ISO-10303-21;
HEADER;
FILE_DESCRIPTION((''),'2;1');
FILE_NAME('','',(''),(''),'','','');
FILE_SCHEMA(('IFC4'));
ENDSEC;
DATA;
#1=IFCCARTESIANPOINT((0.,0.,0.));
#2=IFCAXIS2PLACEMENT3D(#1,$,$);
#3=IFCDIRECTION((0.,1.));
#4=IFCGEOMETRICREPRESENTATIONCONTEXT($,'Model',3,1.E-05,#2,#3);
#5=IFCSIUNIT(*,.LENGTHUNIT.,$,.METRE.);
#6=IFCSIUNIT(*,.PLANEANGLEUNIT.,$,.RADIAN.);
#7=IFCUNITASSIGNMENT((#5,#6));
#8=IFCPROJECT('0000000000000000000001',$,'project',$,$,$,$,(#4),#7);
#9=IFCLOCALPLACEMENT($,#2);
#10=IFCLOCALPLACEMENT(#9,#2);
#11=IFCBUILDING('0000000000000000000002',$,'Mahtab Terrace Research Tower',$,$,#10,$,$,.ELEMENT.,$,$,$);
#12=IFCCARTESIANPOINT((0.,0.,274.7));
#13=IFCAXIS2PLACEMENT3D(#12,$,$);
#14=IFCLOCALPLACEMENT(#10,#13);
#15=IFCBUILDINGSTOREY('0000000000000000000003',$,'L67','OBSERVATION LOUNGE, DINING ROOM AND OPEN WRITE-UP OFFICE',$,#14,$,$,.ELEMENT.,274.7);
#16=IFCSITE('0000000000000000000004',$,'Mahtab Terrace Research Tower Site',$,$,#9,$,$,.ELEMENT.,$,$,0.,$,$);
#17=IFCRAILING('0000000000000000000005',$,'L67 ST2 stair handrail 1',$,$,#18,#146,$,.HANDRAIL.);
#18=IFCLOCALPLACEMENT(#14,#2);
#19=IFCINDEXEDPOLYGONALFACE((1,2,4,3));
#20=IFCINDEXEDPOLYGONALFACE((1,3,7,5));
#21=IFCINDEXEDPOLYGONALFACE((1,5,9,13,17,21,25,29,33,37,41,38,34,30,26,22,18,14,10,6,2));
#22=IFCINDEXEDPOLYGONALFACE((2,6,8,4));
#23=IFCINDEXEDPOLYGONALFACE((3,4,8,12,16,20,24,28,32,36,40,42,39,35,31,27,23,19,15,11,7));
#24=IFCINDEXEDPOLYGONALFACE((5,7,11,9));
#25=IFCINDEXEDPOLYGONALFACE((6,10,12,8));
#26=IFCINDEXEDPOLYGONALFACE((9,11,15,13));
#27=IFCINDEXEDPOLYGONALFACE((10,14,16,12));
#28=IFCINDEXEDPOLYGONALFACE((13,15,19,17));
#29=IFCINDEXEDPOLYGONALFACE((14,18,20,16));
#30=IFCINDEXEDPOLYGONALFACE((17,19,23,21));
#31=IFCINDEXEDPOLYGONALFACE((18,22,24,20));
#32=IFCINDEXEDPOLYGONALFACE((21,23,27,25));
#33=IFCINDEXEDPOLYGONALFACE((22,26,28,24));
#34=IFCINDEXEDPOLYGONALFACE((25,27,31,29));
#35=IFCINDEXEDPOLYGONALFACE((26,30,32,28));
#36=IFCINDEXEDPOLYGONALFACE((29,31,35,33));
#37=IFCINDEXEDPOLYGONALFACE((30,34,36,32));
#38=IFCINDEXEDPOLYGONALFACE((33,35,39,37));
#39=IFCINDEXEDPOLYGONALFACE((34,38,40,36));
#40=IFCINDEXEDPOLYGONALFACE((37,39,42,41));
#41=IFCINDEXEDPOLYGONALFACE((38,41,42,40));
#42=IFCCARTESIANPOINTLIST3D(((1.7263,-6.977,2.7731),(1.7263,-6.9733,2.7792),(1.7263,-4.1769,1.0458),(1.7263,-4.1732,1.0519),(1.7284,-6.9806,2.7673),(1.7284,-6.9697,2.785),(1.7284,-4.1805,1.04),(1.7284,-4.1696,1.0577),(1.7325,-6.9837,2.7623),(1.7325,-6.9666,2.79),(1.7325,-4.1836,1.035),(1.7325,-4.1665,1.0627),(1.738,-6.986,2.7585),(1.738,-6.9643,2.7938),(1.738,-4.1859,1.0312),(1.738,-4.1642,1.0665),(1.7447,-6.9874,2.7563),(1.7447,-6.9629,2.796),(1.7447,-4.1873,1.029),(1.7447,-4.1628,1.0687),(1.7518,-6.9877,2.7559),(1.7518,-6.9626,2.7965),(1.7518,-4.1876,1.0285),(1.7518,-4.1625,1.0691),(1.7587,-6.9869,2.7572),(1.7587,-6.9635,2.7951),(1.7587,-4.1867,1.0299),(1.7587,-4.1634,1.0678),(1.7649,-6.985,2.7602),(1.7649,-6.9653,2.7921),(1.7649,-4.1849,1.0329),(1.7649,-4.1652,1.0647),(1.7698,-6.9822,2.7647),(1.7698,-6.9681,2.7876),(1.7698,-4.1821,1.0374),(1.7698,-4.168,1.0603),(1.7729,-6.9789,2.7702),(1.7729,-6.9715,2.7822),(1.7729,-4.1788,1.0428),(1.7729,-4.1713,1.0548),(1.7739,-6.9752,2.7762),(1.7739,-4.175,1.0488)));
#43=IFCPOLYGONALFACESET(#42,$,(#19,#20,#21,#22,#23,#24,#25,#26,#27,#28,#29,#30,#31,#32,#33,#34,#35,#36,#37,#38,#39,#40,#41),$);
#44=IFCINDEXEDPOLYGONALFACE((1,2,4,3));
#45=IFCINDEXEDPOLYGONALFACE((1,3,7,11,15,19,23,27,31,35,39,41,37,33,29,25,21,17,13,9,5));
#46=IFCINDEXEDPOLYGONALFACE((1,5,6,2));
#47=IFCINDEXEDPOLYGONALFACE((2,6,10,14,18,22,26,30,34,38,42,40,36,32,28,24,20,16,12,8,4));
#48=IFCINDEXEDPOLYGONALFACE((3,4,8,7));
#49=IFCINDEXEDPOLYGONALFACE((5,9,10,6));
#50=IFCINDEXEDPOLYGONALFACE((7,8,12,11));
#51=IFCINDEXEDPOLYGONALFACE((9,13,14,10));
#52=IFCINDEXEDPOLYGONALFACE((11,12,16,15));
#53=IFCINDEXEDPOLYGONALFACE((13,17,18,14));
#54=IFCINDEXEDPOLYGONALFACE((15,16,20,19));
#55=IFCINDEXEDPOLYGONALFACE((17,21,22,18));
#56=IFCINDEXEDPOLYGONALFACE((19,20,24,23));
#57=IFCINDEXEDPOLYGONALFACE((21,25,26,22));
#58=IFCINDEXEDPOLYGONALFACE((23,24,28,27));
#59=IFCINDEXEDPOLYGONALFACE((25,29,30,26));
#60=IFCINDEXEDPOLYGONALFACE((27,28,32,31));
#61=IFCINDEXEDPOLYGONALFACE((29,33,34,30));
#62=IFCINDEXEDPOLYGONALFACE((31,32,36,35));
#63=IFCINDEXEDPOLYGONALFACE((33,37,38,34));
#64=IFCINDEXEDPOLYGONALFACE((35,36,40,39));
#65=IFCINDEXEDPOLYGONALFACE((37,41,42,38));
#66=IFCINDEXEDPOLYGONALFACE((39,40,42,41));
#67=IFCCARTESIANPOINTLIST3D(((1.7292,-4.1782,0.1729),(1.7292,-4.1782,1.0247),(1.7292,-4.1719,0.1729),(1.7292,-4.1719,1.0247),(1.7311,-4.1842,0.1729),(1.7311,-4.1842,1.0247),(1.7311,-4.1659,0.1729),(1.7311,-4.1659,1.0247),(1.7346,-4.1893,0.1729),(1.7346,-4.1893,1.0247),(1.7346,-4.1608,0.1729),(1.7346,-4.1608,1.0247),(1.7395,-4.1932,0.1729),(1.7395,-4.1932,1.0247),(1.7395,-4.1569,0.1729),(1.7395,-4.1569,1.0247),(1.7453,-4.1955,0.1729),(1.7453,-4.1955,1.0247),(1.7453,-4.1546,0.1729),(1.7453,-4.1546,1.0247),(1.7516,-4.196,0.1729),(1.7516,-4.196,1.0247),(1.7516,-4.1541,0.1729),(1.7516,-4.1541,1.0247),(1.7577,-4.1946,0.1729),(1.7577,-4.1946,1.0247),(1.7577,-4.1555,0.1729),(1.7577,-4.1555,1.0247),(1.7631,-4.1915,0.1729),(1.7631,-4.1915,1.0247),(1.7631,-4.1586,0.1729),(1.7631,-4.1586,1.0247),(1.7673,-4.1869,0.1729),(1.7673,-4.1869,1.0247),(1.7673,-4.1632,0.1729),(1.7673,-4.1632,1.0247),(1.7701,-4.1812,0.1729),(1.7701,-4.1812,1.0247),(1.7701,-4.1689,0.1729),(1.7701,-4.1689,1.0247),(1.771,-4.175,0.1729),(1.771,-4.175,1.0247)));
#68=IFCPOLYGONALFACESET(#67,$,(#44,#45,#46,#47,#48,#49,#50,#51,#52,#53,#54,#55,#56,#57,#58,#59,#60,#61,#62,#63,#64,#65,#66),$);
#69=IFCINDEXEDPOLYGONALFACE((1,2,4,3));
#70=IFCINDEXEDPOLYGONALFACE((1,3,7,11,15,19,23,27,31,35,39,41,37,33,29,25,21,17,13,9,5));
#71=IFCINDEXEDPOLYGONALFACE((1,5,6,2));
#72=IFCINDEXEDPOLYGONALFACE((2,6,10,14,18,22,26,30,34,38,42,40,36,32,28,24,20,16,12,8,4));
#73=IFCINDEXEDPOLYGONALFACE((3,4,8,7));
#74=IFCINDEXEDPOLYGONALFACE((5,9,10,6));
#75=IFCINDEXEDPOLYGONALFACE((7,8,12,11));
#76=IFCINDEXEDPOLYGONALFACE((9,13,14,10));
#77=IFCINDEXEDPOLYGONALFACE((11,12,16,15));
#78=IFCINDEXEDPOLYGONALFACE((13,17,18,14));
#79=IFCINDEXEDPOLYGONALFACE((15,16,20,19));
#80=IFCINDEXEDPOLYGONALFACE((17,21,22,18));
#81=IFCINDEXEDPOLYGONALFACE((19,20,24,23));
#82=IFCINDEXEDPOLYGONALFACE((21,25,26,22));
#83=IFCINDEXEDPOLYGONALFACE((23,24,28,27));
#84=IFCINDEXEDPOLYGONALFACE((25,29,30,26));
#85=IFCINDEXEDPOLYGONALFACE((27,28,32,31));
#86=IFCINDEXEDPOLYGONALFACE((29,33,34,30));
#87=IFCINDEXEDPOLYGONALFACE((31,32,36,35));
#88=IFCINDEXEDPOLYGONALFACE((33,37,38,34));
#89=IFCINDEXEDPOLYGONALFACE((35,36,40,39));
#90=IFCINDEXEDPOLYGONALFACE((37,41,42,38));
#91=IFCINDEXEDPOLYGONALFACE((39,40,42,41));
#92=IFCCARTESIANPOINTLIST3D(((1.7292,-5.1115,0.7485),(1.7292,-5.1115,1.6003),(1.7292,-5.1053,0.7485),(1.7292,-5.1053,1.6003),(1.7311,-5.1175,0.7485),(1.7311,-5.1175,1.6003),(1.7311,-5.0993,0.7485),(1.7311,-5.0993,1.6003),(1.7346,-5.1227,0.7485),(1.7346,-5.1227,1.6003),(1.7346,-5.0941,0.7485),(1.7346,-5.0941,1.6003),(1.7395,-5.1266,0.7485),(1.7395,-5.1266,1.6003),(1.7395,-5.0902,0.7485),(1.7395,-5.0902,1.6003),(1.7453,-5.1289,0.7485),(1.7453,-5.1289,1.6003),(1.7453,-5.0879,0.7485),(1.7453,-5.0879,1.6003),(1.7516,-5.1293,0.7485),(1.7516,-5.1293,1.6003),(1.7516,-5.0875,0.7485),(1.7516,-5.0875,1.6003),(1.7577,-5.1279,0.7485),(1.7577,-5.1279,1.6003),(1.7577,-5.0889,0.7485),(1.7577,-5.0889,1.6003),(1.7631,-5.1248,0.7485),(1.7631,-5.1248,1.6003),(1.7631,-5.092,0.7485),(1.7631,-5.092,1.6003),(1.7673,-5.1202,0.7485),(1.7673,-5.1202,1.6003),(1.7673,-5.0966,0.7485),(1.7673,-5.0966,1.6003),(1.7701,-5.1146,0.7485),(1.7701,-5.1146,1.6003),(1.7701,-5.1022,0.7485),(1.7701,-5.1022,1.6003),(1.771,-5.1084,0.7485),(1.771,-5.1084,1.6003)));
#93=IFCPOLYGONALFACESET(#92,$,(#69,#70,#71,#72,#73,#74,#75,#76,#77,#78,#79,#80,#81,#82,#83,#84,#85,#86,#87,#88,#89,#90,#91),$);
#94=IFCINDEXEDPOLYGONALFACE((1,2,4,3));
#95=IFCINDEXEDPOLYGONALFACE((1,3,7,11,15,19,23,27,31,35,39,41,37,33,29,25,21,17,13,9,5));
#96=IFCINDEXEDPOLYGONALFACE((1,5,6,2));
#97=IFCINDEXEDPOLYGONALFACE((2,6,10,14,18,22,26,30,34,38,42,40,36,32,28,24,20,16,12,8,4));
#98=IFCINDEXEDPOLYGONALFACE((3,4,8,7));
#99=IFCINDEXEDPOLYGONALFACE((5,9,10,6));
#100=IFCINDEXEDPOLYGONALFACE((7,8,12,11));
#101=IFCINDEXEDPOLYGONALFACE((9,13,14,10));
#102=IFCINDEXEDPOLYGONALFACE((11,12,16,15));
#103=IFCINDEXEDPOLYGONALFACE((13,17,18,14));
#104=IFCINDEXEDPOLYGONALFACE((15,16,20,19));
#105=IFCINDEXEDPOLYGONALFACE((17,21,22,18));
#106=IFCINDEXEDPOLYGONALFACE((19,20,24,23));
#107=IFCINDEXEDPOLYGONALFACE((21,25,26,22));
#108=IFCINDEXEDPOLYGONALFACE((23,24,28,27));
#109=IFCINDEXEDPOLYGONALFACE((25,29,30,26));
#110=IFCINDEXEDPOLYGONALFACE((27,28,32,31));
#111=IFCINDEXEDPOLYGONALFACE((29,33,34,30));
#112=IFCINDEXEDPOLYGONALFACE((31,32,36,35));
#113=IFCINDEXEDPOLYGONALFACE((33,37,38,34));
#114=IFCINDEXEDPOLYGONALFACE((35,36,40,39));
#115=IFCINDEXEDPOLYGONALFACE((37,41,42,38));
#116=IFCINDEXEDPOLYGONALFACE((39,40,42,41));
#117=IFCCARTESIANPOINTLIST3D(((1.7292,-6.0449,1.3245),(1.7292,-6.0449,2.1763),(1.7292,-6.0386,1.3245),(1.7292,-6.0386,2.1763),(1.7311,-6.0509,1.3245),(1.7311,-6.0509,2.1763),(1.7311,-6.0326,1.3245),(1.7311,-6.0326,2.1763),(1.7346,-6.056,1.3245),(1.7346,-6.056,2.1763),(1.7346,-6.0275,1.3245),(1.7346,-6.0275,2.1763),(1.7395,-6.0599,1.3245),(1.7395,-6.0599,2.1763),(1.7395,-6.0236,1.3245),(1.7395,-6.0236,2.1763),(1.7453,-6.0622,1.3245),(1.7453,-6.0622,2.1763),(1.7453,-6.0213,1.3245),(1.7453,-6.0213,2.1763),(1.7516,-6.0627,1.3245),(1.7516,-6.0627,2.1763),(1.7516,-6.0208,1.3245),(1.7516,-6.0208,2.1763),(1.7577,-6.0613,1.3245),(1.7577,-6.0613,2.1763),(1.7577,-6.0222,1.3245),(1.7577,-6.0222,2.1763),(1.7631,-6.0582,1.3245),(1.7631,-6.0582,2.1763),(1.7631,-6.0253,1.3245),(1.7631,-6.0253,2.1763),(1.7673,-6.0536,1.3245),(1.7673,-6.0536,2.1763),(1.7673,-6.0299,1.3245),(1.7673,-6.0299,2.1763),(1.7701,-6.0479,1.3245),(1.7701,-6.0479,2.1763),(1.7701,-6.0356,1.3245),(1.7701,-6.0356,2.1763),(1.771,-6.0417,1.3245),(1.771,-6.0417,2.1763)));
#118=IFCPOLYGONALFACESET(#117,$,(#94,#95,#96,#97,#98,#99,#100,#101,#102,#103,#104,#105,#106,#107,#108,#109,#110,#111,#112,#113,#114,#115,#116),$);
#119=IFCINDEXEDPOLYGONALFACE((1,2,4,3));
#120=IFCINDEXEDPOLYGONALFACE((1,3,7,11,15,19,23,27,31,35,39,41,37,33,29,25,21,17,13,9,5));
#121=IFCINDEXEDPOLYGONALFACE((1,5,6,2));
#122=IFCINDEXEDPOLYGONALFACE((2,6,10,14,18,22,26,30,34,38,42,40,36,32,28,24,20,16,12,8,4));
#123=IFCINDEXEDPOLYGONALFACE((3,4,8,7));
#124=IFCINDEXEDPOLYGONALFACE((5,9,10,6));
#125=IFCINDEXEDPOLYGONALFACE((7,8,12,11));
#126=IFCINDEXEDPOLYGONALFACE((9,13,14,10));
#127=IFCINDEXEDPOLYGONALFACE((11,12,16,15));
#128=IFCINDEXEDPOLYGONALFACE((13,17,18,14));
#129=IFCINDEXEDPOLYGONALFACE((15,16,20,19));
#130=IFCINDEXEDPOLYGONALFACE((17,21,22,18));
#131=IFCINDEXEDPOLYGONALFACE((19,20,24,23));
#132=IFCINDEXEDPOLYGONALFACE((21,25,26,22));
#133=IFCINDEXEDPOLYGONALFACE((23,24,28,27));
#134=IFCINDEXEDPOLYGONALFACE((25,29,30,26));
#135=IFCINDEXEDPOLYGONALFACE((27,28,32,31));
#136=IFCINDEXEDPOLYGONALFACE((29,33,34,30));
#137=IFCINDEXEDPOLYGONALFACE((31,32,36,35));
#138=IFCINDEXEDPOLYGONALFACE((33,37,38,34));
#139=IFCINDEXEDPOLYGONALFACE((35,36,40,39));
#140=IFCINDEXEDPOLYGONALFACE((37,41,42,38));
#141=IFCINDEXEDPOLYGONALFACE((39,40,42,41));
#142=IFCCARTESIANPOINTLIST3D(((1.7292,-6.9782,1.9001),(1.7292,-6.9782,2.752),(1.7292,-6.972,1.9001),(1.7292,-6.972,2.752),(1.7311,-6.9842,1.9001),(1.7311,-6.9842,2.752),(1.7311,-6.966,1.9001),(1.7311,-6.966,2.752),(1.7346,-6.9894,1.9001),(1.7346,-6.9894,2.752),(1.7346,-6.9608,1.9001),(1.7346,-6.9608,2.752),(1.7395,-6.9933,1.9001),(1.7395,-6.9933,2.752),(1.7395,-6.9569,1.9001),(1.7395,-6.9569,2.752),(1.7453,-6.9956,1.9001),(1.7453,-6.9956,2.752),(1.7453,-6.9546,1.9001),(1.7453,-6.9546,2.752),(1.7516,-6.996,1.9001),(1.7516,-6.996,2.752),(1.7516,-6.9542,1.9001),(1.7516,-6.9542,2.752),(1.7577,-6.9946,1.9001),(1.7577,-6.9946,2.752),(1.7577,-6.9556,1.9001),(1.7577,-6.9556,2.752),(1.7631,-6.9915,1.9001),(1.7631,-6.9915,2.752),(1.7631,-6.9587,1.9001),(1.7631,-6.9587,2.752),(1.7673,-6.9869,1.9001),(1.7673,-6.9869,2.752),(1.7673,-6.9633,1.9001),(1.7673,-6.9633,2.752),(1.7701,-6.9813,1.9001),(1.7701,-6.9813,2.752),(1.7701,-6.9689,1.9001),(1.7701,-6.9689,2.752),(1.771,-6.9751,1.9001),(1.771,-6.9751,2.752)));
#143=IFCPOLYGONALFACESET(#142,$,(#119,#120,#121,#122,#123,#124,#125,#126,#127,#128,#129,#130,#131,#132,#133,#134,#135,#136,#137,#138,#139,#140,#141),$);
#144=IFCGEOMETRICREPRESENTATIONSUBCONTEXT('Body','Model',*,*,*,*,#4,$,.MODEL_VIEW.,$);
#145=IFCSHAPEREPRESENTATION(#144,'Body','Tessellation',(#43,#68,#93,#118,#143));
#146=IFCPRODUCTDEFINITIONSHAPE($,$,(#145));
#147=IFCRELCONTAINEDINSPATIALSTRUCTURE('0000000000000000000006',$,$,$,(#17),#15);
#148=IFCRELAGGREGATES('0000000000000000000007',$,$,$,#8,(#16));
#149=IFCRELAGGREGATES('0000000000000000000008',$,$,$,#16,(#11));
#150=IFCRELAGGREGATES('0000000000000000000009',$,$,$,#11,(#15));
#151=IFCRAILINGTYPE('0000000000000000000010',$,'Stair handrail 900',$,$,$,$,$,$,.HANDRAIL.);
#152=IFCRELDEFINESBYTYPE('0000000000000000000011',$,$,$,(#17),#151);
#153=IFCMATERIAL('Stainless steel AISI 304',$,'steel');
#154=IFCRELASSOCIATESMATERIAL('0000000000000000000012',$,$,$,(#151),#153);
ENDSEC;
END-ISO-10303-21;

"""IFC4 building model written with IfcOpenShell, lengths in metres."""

from ifc_helpers import new_model, si_unit, direction, frame, origin, origin_2d, place, context, subcontext, project, spatial, circle, extrude, material, type_object, element, save


model = new_model("IFC4")

# Units and contexts
model_context = context("Model", 3, precision=1e-05, world=origin(), true_north=direction((0.0, 1.0)))
body_context = subcontext(model_context, "Body", "Model", "MODEL_VIEW")
ifc_project = project(units=[si_unit("LENGTHUNIT", "METRE"), si_unit("PLANEANGLEUNIT", "RADIAN")], contexts=[model_context])

# Site, building, storey
site_placement = place(None, origin())
site = spatial("IfcSite", under=ifc_project, at=site_placement, Name="Mahtab Terrace Research Tower Site", CompositionType="ELEMENT", RefElevation=0.0)
building_placement = place(site_placement, origin())
building = spatial("IfcBuilding", under=site, at=building_placement, Name="Mahtab Terrace Research Tower", CompositionType="ELEMENT")
storey_placement = place(building_placement, frame((0.0, 0.0, 274.7)))
storey = spatial("IfcBuildingStorey", under=building, at=storey_placement, Name="L67", Description="OBSERVATION LOUNGE, DINING ROOM AND OPEN WRITE-UP OFFICE", CompositionType="ELEMENT", Elevation=274.7)

# Railing
ifc_material_1 = material(Name="Stainless steel AISI 304", Category="steel")
railing_type_1 = type_object("IfcRailingType", Name="Stair handrail 900", PredefinedType="HANDRAIL", material=ifc_material_1)
railing_1_placement = place(storey_placement, frame((1.75, -4.175, 0.1729)))
element("IfcRailing", 1, at=railing_1_placement, inside=storey, type_object=railing_type_1, Name="L67 ST2 stair handrail 1", PredefinedType="HANDRAIL", context=body_context, shape_type="SweptSolid", body=[
    extrude(circle(Radius=0.0239, at=origin_2d()), frame((0.0, 0.0, 0.876), z_axis=(0.0, -0.85109, 0.52502), x_axis=(1.0, 0.0, 0.0)), (0.0, 0.0, 1.0), 3.29),
    extrude(circle(Radius=0.021, at=origin_2d()), origin(), (0.0, 0.0, 1.0), 0.8518),
    extrude(circle(Radius=0.021, at=origin_2d()), frame((0.0, -0.9333, 0.5757)), (0.0, 0.0, 1.0), 0.8518),
    extrude(circle(Radius=0.021, at=origin_2d()), frame((0.0, -1.8667, 1.1516)), (0.0, 0.0, 1.0), 0.8518),
    extrude(circle(Radius=0.021, at=origin_2d()), frame((0.0, -2.8, 1.7273)), (0.0, 0.0, 1.0), 0.8518),
])

save(model, "model.ifc")
